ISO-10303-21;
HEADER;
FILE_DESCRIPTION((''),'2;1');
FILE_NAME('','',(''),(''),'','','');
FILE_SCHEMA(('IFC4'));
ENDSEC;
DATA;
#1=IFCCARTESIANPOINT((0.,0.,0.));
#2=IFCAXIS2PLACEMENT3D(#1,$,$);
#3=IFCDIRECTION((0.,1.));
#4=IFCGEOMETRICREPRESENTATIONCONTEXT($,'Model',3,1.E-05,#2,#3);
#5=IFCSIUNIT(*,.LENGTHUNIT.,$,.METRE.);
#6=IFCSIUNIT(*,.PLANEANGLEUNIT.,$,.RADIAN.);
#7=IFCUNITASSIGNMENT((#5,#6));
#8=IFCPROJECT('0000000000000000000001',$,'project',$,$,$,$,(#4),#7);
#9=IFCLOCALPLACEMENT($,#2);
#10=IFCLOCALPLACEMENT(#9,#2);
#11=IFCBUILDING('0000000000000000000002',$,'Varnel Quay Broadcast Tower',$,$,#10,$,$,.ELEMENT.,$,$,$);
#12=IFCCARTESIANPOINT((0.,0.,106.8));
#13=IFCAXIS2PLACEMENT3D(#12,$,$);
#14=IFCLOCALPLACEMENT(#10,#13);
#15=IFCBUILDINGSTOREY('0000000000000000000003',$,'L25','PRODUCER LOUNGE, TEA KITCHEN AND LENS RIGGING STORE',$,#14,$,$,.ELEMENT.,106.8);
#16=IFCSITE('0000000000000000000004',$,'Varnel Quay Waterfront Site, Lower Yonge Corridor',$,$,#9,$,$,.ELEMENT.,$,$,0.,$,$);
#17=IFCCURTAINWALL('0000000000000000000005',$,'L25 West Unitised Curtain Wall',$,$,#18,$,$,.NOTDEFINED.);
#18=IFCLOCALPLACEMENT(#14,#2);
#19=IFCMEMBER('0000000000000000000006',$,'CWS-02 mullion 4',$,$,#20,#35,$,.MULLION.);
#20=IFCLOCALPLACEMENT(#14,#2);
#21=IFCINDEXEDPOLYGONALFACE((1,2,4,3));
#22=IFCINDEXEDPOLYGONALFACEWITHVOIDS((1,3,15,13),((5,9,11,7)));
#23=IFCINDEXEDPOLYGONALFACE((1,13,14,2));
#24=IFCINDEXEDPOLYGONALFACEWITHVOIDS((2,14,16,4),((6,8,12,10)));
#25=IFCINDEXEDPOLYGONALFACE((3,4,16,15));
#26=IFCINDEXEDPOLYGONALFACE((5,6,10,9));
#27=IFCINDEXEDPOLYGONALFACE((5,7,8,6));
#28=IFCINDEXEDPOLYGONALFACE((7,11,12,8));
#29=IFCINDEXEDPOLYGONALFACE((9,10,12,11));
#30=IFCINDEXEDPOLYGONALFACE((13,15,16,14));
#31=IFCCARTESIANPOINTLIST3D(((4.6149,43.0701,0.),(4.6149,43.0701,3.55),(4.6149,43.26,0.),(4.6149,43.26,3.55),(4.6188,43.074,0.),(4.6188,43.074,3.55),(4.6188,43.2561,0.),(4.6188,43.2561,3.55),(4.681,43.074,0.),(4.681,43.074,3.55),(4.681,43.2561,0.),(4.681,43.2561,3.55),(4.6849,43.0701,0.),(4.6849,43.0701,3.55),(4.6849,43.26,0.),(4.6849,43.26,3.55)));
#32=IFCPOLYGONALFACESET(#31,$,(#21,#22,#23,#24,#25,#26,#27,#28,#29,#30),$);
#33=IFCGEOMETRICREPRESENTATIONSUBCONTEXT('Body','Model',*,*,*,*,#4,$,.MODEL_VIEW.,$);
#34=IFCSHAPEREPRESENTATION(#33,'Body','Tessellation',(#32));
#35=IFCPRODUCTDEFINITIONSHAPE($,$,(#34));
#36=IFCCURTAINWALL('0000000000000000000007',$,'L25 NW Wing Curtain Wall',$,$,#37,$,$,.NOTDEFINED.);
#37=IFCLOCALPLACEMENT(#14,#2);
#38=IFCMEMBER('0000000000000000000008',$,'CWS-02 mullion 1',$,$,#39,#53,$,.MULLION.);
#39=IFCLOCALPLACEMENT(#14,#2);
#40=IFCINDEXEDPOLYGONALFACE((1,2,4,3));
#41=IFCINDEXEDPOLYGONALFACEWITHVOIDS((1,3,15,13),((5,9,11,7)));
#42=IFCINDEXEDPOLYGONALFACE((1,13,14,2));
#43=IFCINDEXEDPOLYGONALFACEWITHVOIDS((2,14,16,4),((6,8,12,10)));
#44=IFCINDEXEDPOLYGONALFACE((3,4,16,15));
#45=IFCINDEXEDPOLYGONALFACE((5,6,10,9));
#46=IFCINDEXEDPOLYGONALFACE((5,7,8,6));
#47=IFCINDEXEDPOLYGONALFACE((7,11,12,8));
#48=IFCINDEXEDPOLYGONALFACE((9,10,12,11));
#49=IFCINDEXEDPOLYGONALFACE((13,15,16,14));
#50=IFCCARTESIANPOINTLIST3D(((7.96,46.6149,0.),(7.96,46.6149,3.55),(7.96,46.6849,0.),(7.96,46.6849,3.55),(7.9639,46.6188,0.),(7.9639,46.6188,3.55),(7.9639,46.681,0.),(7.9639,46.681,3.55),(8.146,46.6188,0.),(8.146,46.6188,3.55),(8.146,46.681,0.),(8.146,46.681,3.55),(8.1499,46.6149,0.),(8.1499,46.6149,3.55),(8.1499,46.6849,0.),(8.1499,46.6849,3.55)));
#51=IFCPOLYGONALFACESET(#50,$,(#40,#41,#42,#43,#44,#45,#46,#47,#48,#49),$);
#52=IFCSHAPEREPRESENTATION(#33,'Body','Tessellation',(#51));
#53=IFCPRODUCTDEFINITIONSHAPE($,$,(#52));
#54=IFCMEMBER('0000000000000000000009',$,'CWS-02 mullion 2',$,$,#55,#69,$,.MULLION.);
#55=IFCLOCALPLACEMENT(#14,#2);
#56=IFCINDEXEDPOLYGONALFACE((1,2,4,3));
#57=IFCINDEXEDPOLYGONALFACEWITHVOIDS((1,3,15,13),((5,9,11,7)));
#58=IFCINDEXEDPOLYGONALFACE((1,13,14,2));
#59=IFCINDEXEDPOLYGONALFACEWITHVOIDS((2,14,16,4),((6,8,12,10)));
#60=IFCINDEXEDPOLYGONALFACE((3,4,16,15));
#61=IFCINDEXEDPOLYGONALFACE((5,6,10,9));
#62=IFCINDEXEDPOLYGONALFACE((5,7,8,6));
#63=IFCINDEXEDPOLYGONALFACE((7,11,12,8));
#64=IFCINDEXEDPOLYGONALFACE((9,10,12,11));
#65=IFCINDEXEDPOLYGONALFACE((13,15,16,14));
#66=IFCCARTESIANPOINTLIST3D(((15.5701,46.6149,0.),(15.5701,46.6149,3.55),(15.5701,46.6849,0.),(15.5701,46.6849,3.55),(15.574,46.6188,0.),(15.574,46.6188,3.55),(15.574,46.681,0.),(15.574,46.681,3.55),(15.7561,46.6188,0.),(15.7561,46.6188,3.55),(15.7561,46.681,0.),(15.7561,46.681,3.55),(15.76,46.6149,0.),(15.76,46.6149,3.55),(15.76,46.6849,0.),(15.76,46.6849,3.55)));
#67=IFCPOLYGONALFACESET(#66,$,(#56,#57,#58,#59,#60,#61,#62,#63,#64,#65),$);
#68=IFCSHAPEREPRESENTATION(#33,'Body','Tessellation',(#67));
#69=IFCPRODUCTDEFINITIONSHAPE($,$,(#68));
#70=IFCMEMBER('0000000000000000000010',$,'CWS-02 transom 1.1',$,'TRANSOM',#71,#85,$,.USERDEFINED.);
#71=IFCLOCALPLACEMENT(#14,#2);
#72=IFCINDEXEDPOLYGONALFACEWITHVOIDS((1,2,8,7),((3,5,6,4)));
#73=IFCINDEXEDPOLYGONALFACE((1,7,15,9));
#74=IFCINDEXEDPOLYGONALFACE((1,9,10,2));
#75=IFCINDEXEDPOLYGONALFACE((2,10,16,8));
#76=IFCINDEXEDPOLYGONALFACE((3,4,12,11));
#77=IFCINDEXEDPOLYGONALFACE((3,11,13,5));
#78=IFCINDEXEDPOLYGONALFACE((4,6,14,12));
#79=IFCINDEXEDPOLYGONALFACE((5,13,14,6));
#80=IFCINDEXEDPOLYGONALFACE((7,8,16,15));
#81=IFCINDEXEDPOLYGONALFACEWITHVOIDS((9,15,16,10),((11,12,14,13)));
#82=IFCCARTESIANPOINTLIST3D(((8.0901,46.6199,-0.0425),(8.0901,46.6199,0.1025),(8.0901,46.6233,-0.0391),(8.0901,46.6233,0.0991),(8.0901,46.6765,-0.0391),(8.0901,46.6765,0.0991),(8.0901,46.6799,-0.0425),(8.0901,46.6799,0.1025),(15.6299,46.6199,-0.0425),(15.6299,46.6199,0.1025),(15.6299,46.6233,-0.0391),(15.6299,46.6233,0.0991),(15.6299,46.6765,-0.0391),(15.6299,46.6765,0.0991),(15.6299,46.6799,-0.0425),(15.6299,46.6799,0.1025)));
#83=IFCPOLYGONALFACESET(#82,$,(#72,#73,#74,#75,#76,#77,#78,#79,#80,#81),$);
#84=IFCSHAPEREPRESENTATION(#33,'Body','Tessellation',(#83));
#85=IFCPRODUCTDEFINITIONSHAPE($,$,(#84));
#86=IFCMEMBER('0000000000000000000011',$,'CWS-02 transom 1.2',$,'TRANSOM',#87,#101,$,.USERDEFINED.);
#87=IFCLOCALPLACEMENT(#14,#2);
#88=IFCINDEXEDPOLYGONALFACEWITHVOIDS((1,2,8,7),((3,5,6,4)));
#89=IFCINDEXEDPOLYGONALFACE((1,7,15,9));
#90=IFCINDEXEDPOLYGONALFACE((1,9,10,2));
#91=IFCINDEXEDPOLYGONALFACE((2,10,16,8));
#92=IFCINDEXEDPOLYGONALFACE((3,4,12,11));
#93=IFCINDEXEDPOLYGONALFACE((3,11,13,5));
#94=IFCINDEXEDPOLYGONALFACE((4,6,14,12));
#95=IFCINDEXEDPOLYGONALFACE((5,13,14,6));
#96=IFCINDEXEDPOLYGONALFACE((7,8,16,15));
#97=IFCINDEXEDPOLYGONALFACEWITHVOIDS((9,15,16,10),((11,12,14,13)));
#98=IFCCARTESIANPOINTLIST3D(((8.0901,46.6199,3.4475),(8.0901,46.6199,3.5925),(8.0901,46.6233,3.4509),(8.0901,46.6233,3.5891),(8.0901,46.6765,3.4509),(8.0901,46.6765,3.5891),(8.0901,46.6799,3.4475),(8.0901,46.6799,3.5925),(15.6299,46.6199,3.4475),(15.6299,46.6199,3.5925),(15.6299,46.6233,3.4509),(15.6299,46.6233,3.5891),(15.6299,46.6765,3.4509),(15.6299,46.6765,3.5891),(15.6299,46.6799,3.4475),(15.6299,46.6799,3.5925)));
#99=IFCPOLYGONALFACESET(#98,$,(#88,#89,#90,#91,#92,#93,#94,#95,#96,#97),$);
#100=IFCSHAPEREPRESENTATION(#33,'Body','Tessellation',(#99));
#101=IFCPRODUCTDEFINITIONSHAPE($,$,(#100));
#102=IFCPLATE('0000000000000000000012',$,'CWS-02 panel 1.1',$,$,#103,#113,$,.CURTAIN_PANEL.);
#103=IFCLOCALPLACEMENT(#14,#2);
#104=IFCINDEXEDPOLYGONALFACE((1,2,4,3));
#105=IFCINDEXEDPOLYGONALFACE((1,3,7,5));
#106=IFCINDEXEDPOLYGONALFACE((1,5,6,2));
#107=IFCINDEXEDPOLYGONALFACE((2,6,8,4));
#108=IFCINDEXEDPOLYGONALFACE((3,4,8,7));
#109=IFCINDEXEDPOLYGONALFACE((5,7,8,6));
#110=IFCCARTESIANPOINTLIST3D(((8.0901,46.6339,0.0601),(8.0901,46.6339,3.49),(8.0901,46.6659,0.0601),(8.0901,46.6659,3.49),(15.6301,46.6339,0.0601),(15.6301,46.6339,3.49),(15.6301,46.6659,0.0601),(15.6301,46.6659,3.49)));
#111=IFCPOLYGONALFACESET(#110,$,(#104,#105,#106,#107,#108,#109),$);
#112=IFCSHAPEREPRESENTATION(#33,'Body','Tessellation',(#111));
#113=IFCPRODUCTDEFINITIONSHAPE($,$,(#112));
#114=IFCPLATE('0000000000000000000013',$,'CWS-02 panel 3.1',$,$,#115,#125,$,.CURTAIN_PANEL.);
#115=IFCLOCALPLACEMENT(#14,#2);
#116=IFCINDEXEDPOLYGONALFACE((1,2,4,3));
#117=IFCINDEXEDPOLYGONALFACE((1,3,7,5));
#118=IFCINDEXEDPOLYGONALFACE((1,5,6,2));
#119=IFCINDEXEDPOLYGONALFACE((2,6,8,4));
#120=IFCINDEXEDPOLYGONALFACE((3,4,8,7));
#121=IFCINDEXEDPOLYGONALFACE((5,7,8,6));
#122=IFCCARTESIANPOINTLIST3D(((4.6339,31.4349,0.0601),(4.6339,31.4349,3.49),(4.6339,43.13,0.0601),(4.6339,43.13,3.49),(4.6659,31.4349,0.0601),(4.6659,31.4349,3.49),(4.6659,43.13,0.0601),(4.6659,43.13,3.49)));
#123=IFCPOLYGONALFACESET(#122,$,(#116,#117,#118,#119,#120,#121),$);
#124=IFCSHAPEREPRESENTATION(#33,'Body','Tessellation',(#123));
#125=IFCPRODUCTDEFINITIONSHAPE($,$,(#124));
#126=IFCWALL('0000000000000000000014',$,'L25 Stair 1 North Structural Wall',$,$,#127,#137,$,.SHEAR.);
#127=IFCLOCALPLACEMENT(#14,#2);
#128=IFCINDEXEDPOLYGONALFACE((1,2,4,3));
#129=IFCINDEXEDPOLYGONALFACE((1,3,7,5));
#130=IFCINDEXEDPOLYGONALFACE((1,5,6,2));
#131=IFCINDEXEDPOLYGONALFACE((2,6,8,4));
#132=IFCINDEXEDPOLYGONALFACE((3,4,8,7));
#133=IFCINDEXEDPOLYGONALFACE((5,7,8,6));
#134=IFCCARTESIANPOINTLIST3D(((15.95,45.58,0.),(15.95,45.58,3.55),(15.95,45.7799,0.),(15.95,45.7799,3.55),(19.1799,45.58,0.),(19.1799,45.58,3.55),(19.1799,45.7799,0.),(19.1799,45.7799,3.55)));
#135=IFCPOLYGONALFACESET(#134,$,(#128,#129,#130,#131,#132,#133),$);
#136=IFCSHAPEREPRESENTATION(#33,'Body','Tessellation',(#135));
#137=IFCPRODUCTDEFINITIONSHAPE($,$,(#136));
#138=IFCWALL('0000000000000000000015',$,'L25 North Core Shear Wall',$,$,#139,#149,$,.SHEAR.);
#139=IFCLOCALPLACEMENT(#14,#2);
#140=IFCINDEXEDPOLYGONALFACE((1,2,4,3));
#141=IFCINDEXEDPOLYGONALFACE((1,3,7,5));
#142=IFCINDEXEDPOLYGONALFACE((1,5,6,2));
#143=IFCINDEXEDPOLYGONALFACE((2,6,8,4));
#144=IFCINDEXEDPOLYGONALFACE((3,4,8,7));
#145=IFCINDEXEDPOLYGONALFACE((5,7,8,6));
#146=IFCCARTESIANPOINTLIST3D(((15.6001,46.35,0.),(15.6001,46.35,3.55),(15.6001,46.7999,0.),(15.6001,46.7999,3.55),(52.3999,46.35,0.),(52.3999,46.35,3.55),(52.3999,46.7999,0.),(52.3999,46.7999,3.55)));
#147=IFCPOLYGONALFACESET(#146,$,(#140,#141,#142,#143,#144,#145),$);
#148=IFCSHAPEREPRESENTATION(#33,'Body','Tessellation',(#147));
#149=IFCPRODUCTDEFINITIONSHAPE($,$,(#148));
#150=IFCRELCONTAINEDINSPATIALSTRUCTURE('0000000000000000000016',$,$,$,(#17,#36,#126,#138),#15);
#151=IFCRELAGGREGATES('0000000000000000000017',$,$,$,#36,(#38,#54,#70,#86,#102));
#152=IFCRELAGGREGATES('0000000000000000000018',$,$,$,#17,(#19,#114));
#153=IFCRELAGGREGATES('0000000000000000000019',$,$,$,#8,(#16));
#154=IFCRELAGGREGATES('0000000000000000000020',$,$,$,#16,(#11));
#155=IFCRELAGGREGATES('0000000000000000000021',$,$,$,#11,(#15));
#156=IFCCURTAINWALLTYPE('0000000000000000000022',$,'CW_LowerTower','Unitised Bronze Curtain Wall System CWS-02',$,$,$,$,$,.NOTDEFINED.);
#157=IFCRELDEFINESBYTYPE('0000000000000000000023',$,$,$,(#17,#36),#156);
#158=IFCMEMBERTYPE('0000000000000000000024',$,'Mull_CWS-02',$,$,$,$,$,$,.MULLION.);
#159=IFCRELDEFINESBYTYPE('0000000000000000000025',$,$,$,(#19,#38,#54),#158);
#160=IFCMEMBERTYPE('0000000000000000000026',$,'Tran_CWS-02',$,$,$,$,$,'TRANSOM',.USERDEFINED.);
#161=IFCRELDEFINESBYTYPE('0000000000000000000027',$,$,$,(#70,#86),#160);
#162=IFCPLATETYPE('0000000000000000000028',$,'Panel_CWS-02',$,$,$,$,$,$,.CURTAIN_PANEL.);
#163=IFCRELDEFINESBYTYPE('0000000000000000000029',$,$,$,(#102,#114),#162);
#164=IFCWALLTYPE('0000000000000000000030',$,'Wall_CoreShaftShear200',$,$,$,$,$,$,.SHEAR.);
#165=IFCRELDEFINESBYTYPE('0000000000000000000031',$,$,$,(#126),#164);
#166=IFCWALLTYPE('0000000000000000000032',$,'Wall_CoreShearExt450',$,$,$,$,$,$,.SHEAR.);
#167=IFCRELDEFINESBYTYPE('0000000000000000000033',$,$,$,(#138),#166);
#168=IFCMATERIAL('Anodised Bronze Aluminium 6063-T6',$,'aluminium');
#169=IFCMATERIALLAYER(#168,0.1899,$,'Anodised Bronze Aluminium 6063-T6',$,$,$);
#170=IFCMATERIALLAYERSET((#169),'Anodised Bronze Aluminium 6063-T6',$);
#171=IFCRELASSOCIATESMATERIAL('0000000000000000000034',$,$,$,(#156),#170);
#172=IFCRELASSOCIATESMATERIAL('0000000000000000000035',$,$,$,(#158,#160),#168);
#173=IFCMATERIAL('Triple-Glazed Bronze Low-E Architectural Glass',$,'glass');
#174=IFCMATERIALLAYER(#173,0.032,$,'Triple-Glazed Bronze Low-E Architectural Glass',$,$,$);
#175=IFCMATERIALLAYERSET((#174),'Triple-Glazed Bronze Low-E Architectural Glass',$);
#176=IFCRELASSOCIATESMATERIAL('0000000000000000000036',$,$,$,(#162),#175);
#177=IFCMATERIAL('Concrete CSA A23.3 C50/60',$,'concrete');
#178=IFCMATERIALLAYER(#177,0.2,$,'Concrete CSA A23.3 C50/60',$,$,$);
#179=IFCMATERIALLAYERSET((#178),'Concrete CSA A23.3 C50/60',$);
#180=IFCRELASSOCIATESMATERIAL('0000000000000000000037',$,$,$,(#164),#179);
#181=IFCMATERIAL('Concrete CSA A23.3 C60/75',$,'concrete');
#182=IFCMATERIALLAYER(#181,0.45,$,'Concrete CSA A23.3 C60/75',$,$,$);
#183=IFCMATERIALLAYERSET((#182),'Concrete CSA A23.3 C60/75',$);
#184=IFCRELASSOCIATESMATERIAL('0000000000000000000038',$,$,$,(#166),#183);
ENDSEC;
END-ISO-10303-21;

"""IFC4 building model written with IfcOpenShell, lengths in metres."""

from ifc_helpers import new_model, si_unit, direction, frame, frame_2d, origin, origin_2d, place, context, subcontext, project, spatial, rectangle, hollow_rectangle, extrude, source, transform, mapped, material, layer, layer_set, material_profile, profile_set, type_object, type_shapes, element, aggregate, save


model = new_model("IFC4")

# Units and contexts
model_context = context("Model", 3, precision=1e-05, world=origin(), true_north=direction((0.0, 1.0)))
body_context = subcontext(model_context, "Body", "Model", "MODEL_VIEW")
ifc_project = project(units=[si_unit("LENGTHUNIT", "METRE"), si_unit("PLANEANGLEUNIT", "RADIAN")], contexts=[model_context])

# Site, building, storey
site_placement = place(None, origin())
site = spatial("IfcSite", under=ifc_project, at=site_placement, Name="Varnel Quay Waterfront Site, Lower Yonge Corridor", CompositionType="ELEMENT", RefElevation=0.0)
building_placement = place(site_placement, origin())
building = spatial("IfcBuilding", under=site, at=building_placement, Name="Varnel Quay Broadcast Tower", CompositionType="ELEMENT")
storey_placement = place(building_placement, frame((0.0, 0.0, 106.8)))
storey = spatial("IfcBuildingStorey", under=building, at=storey_placement, Name="L25", Description="PRODUCER LOUNGE, TEA KITCHEN AND LENS RIGGING STORE", CompositionType="ELEMENT", Elevation=106.8)

# Curtain wall, member
ifc_material_1 = material(Name="Anodised Bronze Aluminium 6063-T6", Category="aluminium")
ifc_layer_1 = layer(ifc_material_1, 0.1899, Name="Anodised Bronze Aluminium 6063-T6")
ifc_layer_set_1 = layer_set([ifc_layer_1], Name="Anodised Bronze Aluminium 6063-T6")
curtain_wall_type = type_object("IfcCurtainWallType", Name="CW_LowerTower", Description="Unitised Bronze Curtain Wall System CWS-02", PredefinedType="NOTDEFINED", material=ifc_layer_set_1)
curtain_wall_1_placement = place(storey_placement, origin())
curtain_wall_1 = element("IfcCurtainWall", 1, at=curtain_wall_1_placement, inside=storey, type_object=curtain_wall_type, Name="L25 West Unitised Curtain Wall", PredefinedType="NOTDEFINED")
ifc_material_profile_1 = material_profile(ifc_material_1, hollow_rectangle(XDim=0.0701, YDim=0.1899, WallThickness=0.0039, at=origin_2d()), Name="ALU70X190X4")
ifc_profile_set_1 = profile_set([ifc_material_profile_1], Name="Anodised Bronze Aluminium 6063-T6")
member_type_1 = type_object("IfcMemberType", Name="Mull_CWS-02", PredefinedType="MULLION", material=ifc_profile_set_1)
shared_shape_1 = source(origin(), body_context, "Body", "SweptSolid", [
    extrude(hollow_rectangle(XDim=0.0701, YDim=0.1899, WallThickness=0.0039, at=origin_2d()), origin(), (0.0, 0.0, 1.0), 3.55),
])
type_shapes(member_type_1, [shared_shape_1])
member_1_placement = place(storey_placement, frame((4.6499, 43.165, 0.0), z_axis=(0.0, 0.0, 1.0), x_axis=(-1.0, 0.0, 0.0)))
member_1 = element("IfcMember", 2, at=member_1_placement, type_object=member_type_1, Name="CWS-02 mullion 4", PredefinedType="MULLION", context=body_context, shape_type="MappedRepresentation", body=[
    mapped(shared_shape_1, transform((0.0, 0.0, 0.0), x_axis=(1.0, 0.0, 0.0), y_axis=(0.0, 1.0, 0.0), z_axis=(0.0, 0.0, 1.0), scale=1.0)),
])

# Curtain wall, members, plate
curtain_wall_2_placement = place(storey_placement, origin())
curtain_wall_2 = element("IfcCurtainWall", 3, at=curtain_wall_2_placement, inside=storey, type_object=curtain_wall_type, Name="L25 NW Wing Curtain Wall", PredefinedType="NOTDEFINED")
member_2_placement = place(storey_placement, frame((8.0549, 46.6499, 0.0), z_axis=(0.0, 0.0, 1.0), x_axis=(0.0, 1.0, 0.0)))
member_2 = element("IfcMember", 4, at=member_2_placement, type_object=member_type_1, Name="CWS-02 mullion 1", PredefinedType="MULLION", context=body_context, shape_type="MappedRepresentation", body=[
    mapped(shared_shape_1, transform((0.0, 0.0, 0.0), x_axis=(1.0, 0.0, 0.0), y_axis=(0.0, 1.0, 0.0), z_axis=(0.0, 0.0, 1.0), scale=1.0)),
])
member_3_placement = place(storey_placement, frame((15.665, 46.6499, 0.0), z_axis=(0.0, 0.0, 1.0), x_axis=(0.0, 1.0, 0.0)))
member_3 = element("IfcMember", 5, at=member_3_placement, type_object=member_type_1, Name="CWS-02 mullion 2", PredefinedType="MULLION", context=body_context, shape_type="MappedRepresentation", body=[
    mapped(shared_shape_1, transform((0.0, 0.0, 0.0), x_axis=(1.0, 0.0, 0.0), y_axis=(0.0, 1.0, 0.0), z_axis=(0.0, 0.0, 1.0), scale=1.0)),
])
ifc_material_profile_2 = material_profile(ifc_material_1, hollow_rectangle(XDim=0.0601, YDim=0.145, WallThickness=0.0034, at=origin_2d()), Name="ALU60X145X3.5")
ifc_profile_set_2 = profile_set([ifc_material_profile_2], Name="Anodised Bronze Aluminium 6063-T6")
member_type_2 = type_object("IfcMemberType", Name="Tran_CWS-02", ElementType="TRANSOM", PredefinedType="USERDEFINED", material=ifc_profile_set_2)
shared_shape_2 = source(origin(), body_context, "Body", "SweptSolid", [
    extrude(hollow_rectangle(XDim=0.0601, YDim=0.145, WallThickness=0.0034, at=origin_2d()), origin(), (0.0, 0.0, 1.0), 7.5398),
])
type_shapes(member_type_2, [shared_shape_2])
member_4_placement = place(storey_placement, frame((8.0901, 46.6499, 0.03), z_axis=(1.0, 0.0, 0.0), x_axis=(0.0, 1.0, 0.0)))
member_4 = element("IfcMember", 6, at=member_4_placement, type_object=member_type_2, Name="CWS-02 transom 1.1", ObjectType="TRANSOM", PredefinedType="USERDEFINED", context=body_context, shape_type="MappedRepresentation", body=[
    mapped(shared_shape_2, transform((0.0, 0.0, 0.0), x_axis=(1.0, 0.0, 0.0), y_axis=(0.0, 1.0, 0.0), z_axis=(0.0, 0.0, 1.0), scale=1.0)),
])
member_5_placement = place(storey_placement, frame((8.0901, 46.6499, 3.52), z_axis=(1.0, 0.0, 0.0), x_axis=(0.0, 1.0, 0.0)))
member_5 = element("IfcMember", 7, at=member_5_placement, type_object=member_type_2, Name="CWS-02 transom 1.2", ObjectType="TRANSOM", PredefinedType="USERDEFINED", context=body_context, shape_type="MappedRepresentation", body=[
    mapped(shared_shape_2, transform((0.0, 0.0, 0.0), x_axis=(1.0, 0.0, 0.0), y_axis=(0.0, 1.0, 0.0), z_axis=(0.0, 0.0, 1.0), scale=1.0)),
])
ifc_material_2 = material(Name="Triple-Glazed Bronze Low-E Architectural Glass", Category="glass")
ifc_layer_2 = layer(ifc_material_2, 0.032, Name="Triple-Glazed Bronze Low-E Architectural Glass")
ifc_layer_set_2 = layer_set([ifc_layer_2], Name="Triple-Glazed Bronze Low-E Architectural Glass")
plate_type = type_object("IfcPlateType", Name="Panel_CWS-02", PredefinedType="CURTAIN_PANEL", material=ifc_layer_set_2)
shared_shape_3 = source(origin(), body_context, "Body", "SweptSolid", [
    extrude(rectangle(XDim=7.54, YDim=0.032, at=origin_2d()), origin(), (0.0, 0.0, 1.0), 3.4299),
])
plate_1_placement = place(storey_placement, frame((11.8601, 46.6499, 0.0601), z_axis=(0.0, 0.0, 1.0), x_axis=(1.0, 0.0, 0.0)))
plate_1 = element("IfcPlate", 8, at=plate_1_placement, type_object=plate_type, Name="CWS-02 panel 1.1", PredefinedType="CURTAIN_PANEL", context=body_context, shape_type="MappedRepresentation", body=[
    mapped(shared_shape_3, transform((0.0, 0.0, 0.0), x_axis=(1.0, 0.0, 0.0), y_axis=(0.0, 1.0, 0.0), z_axis=(0.0, 0.0, 1.0), scale=1.0)),
])
aggregate(curtain_wall_2, [member_2, member_3, member_4, member_5, plate_1])

# Plate
shared_shape_4 = source(origin(), body_context, "Body", "SweptSolid", [
    extrude(rectangle(XDim=11.6951, YDim=0.032, at=origin_2d()), origin(), (0.0, 0.0, 1.0), 3.4299),
])
type_shapes(plate_type, [shared_shape_3, shared_shape_4])
plate_2_placement = place(storey_placement, frame((4.6499, 37.2825, 0.0601), z_axis=(0.0, 0.0, 1.0), x_axis=(0.0, 1.0, 0.0)))
plate_2 = element("IfcPlate", 9, at=plate_2_placement, type_object=plate_type, Name="CWS-02 panel 3.1", PredefinedType="CURTAIN_PANEL", context=body_context, shape_type="MappedRepresentation", body=[
    mapped(shared_shape_4, transform((0.0, 0.0, 0.0), x_axis=(1.0, 0.0, 0.0), y_axis=(0.0, 1.0, 0.0), z_axis=(0.0, 0.0, 1.0), scale=1.0)),
])
aggregate(curtain_wall_1, [member_1, plate_2])

# Walls
ifc_material_3 = material(Name="Concrete CSA A23.3 C50/60", Category="concrete")
ifc_layer_3 = layer(ifc_material_3, 0.2, Name="Concrete CSA A23.3 C50/60")
ifc_layer_set_3 = layer_set([ifc_layer_3], Name="Concrete CSA A23.3 C50/60")
wall_type_1 = type_object("IfcWallType", Name="Wall_CoreShaftShear200", PredefinedType="SHEAR", material=ifc_layer_set_3)
wall_1_placement = place(storey_placement, frame((15.95, 45.6799, 0.0), z_axis=(0.0, 0.0, 1.0), x_axis=(1.0, 0.0, 0.0)))
element("IfcWall", 10, at=wall_1_placement, inside=storey, type_object=wall_type_1, Name="L25 Stair 1 North Structural Wall", PredefinedType="SHEAR", context=body_context, shape_type="SweptSolid", body=[
    extrude(rectangle(XDim=3.23, YDim=0.2, at=frame_2d((1.615, 0.0))), origin(), (0.0, 0.0, 1.0), 3.55),
])
ifc_material_4 = material(Name="Concrete CSA A23.3 C60/75", Category="concrete")
ifc_layer_4 = layer(ifc_material_4, 0.45, Name="Concrete CSA A23.3 C60/75")
ifc_layer_set_4 = layer_set([ifc_layer_4], Name="Concrete CSA A23.3 C60/75")
wall_type_2 = type_object("IfcWallType", Name="Wall_CoreShearExt450", PredefinedType="SHEAR", material=ifc_layer_set_4)
wall_2_placement = place(storey_placement, frame((15.6001, 46.575, 0.0), z_axis=(0.0, 0.0, 1.0), x_axis=(1.0, 0.0, 0.0)))
element("IfcWall", 11, at=wall_2_placement, inside=storey, type_object=wall_type_2, Name="L25 North Core Shear Wall", PredefinedType="SHEAR", context=body_context, shape_type="SweptSolid", body=[
    extrude(rectangle(XDim=36.7998, YDim=0.45, at=frame_2d((18.3999, 0.0))), origin(), (0.0, 0.0, 1.0), 3.55),
])

save(model, "model.ifc")
